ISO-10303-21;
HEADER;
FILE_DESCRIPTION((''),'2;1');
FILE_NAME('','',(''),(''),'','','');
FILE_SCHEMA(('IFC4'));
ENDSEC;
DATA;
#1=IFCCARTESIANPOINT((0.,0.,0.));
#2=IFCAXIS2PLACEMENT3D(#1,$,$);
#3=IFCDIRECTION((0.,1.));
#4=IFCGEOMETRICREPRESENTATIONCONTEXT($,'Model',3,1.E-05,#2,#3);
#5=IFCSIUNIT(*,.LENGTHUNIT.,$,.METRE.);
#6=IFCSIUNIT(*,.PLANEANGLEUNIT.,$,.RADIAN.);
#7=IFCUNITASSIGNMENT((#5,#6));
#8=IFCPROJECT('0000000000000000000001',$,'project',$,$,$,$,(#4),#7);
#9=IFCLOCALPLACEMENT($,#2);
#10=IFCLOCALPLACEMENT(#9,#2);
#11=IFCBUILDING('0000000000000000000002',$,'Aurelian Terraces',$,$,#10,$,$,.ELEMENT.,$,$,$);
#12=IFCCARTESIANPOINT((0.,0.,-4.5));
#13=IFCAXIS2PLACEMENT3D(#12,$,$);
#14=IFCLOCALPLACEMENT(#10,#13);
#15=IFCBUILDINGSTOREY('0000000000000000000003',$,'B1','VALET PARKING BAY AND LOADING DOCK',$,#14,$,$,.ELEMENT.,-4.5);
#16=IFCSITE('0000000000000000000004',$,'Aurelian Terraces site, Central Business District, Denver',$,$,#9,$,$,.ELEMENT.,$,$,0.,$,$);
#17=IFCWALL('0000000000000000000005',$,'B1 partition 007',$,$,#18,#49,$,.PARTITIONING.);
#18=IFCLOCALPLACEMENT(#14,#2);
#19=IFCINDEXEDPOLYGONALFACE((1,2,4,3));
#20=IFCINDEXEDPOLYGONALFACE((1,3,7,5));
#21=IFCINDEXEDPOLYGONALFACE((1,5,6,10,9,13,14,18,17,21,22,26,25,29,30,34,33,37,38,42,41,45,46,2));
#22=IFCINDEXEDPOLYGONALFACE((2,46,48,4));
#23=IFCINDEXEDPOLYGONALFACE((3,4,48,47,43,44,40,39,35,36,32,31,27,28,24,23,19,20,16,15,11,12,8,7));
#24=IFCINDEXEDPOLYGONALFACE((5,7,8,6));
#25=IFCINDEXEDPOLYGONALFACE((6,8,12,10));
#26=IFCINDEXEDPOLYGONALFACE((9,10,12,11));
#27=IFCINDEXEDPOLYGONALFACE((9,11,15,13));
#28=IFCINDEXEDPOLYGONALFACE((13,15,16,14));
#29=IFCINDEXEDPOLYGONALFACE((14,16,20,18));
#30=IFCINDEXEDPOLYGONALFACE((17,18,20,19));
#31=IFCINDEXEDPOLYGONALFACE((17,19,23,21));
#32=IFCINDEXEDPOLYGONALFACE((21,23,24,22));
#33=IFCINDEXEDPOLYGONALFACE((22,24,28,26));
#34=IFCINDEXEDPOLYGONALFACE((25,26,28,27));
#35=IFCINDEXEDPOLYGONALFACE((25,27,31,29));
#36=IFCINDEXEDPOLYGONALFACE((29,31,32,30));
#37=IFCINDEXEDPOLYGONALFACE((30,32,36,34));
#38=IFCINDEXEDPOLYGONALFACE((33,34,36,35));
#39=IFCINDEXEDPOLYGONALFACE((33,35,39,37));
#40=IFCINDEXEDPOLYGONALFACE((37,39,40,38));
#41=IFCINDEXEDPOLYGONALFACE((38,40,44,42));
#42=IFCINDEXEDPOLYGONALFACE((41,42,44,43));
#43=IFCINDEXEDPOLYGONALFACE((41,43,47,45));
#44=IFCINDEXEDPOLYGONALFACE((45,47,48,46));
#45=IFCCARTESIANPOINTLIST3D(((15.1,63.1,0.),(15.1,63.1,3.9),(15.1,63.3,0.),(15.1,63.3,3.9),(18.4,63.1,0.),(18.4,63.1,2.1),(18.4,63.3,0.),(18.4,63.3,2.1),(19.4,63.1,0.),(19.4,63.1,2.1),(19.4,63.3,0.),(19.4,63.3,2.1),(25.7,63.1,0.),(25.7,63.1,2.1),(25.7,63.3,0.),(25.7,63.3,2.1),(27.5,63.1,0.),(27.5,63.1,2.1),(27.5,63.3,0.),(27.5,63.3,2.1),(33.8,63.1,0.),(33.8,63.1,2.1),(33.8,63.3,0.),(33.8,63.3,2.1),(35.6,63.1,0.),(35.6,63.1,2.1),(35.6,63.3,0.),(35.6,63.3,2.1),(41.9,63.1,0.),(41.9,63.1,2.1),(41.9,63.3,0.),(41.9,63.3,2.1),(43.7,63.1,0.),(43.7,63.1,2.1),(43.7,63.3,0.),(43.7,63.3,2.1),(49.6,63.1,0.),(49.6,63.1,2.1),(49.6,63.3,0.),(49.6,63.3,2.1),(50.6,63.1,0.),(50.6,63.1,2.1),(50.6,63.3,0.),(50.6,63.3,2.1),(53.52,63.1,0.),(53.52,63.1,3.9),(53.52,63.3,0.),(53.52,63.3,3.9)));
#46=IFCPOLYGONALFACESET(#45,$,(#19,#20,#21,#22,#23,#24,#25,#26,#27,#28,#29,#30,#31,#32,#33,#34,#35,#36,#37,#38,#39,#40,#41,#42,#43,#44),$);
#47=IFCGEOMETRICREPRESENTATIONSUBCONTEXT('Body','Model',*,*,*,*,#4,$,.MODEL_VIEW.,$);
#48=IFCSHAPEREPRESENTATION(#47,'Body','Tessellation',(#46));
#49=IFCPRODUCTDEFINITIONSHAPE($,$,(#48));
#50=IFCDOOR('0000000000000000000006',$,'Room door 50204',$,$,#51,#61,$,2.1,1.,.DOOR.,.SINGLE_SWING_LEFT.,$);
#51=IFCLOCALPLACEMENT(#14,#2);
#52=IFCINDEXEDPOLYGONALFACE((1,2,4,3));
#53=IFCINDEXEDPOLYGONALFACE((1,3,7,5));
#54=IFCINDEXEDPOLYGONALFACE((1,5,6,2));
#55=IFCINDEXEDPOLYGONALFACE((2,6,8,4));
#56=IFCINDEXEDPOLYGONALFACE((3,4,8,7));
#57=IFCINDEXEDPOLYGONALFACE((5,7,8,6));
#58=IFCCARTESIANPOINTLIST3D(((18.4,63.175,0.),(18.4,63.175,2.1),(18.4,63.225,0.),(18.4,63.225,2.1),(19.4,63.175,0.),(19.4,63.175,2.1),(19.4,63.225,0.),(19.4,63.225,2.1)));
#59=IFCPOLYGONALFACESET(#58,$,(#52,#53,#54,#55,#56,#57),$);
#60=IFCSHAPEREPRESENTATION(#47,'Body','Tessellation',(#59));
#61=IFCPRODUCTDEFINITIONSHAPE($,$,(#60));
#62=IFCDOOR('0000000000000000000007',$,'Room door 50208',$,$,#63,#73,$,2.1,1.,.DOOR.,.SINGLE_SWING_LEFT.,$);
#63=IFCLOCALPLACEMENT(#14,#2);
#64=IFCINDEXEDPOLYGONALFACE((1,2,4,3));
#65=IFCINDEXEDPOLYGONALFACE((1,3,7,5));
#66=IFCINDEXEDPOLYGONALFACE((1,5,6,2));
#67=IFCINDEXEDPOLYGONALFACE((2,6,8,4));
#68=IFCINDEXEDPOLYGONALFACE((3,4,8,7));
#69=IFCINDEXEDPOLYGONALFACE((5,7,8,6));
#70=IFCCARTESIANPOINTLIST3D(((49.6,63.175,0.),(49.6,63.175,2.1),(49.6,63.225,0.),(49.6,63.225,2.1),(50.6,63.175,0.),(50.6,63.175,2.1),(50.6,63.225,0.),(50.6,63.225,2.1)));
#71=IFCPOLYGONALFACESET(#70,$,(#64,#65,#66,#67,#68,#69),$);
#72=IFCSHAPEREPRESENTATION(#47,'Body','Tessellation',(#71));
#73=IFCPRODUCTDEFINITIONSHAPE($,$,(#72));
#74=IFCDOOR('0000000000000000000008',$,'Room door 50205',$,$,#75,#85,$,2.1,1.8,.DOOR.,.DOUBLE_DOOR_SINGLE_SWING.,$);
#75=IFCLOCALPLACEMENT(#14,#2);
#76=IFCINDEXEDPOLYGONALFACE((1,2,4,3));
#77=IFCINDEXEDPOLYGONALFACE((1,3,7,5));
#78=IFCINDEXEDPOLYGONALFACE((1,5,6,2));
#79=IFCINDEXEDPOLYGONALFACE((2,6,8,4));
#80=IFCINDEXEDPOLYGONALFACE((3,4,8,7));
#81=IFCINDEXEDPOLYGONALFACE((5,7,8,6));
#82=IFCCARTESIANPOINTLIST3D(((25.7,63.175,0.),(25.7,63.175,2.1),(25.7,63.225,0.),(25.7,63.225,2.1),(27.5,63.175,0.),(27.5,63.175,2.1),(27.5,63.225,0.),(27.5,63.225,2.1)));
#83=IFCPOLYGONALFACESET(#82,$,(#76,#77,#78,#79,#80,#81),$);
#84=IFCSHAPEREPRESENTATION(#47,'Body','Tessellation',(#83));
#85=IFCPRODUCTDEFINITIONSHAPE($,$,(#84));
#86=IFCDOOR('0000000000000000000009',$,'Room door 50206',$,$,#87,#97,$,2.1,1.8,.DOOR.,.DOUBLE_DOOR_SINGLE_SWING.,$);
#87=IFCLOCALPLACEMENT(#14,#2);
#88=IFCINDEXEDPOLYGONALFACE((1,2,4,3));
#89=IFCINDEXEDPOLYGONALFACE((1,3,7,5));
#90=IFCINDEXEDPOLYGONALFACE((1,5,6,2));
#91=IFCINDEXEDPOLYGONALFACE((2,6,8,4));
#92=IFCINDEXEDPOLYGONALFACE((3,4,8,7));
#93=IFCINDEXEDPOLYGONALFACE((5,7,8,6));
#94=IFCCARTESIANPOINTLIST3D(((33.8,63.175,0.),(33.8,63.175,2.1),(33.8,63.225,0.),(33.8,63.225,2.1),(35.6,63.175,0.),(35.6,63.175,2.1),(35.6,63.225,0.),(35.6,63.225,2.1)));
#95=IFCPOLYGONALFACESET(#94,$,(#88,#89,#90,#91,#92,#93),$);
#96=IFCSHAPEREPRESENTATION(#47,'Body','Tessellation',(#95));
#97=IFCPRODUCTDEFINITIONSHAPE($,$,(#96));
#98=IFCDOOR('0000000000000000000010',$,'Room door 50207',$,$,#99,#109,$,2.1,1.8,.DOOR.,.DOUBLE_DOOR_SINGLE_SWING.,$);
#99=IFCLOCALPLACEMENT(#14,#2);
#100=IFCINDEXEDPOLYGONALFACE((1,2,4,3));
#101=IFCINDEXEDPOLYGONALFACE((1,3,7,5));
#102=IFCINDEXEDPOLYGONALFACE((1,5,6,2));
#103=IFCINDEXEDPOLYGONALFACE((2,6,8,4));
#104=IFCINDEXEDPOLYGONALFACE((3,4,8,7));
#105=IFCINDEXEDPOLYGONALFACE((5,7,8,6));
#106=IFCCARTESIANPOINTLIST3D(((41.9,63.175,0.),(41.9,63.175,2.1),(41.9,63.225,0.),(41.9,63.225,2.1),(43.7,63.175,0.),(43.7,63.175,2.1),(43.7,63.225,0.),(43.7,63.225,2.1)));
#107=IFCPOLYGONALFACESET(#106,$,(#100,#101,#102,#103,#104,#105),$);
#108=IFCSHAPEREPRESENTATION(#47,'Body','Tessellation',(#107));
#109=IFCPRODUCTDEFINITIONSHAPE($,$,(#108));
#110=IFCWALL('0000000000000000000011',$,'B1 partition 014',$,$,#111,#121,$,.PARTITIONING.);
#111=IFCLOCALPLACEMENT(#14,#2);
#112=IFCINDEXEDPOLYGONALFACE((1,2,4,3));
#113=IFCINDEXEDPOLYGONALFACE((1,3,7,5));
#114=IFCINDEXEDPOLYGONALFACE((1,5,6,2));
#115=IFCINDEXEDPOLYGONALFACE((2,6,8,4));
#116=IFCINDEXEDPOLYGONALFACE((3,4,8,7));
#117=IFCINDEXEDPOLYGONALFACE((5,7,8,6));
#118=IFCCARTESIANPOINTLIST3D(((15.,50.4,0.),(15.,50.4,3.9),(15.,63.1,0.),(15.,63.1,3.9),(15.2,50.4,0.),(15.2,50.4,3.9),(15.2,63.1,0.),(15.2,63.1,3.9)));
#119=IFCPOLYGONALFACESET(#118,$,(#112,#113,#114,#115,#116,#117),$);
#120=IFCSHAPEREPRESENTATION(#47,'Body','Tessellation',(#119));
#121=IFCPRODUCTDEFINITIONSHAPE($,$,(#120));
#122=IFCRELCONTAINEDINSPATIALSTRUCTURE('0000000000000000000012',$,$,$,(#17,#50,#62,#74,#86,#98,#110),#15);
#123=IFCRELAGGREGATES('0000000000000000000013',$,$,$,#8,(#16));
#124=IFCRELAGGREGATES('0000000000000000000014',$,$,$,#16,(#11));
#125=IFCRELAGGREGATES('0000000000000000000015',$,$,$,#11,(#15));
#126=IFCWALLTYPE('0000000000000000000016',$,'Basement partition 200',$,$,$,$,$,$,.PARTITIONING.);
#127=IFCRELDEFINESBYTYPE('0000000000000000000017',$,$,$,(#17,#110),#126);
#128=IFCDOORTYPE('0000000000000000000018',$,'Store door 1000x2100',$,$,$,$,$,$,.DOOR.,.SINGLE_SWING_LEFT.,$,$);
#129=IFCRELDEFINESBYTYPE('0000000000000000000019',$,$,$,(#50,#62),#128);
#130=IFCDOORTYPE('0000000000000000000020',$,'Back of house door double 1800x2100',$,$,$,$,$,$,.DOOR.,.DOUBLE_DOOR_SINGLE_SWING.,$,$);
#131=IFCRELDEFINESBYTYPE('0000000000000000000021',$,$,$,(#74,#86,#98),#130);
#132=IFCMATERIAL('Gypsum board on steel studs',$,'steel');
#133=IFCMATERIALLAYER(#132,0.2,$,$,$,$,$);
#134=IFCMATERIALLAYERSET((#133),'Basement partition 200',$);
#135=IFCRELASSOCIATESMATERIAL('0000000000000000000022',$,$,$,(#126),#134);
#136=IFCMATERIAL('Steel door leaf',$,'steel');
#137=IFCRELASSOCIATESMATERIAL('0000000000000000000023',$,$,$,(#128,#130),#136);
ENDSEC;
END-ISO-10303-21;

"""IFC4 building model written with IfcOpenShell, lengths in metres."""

from ifc_helpers import new_model, si_unit, direction, frame, frame_2d, origin, place, context, subcontext, project, spatial, rectangle, extrude, source, transform, mapped, material, layer, layer_set, type_object, element, fill, save


model = new_model("IFC4")

# Units and contexts
model_context = context("Model", 3, precision=1e-05, world=origin(), true_north=direction((0.0, 1.0)))
body_context = subcontext(model_context, "Body", "Model", "MODEL_VIEW")
ifc_project = project(units=[si_unit("LENGTHUNIT", "METRE"), si_unit("PLANEANGLEUNIT", "RADIAN")], contexts=[model_context])

# Site, building, storey
site_placement = place(None, origin())
site = spatial("IfcSite", under=ifc_project, at=site_placement, Name="Aurelian Terraces site, Central Business District, Denver", CompositionType="ELEMENT", RefElevation=0.0)
building_placement = place(site_placement, origin())
building = spatial("IfcBuilding", under=site, at=building_placement, Name="Aurelian Terraces", CompositionType="ELEMENT")
storey_placement = place(building_placement, frame((0.0, 0.0, -4.5)))
storey = spatial("IfcBuildingStorey", under=building, at=storey_placement, Name="B1", Description="VALET PARKING BAY AND LOADING DOCK", CompositionType="ELEMENT", Elevation=-4.5)

# Shared definitions
ifc_material_1 = material(Name="Gypsum board on steel studs", Category="steel")
ifc_layer = layer(ifc_material_1, 0.2)
ifc_layer_set = layer_set([ifc_layer], Name="Basement partition 200")
wall_type = type_object("IfcWallType", Name="Basement partition 200", PredefinedType="PARTITIONING", material=ifc_layer_set)

# Wall, openings, doors
shared_shape_1 = source(origin(), body_context, "Body", "SweptSolid", [
    extrude(rectangle(XDim=38.42, YDim=0.2, at=frame_2d((19.21, 0.0))), origin(), (0.0, 0.0, 1.0), 3.9),
])
wall_1_placement = place(storey_placement, frame((15.1, 63.2, 0.0), z_axis=(0.0, 0.0, 1.0), x_axis=(1.0, 0.0, 0.0)))
wall_1 = element("IfcWall", 1, at=wall_1_placement, inside=storey, type_object=wall_type, Name="B1 partition 007", PredefinedType="PARTITIONING", context=body_context, shape_type="MappedRepresentation", body=[
    mapped(shared_shape_1, transform((0.0, 0.0, 0.0), scale=1.0)),
])
shared_shape_2 = source(origin(), body_context, "Body", "SweptSolid", [
    extrude(rectangle(XDim=1.0, YDim=2.1, at=frame_2d((0.5, 1.05))), frame((0.0, 0.11, 0.0), z_axis=(0.0, -1.0, 0.0), x_axis=(1.0, 0.0, 0.0)), (0.0, 0.0, 1.0), 0.22),
])
opening_1_placement = place(wall_1_placement, frame((3.3, 0.0, 0.0)))
opening_1 = element("IfcOpeningElement", 2, at=opening_1_placement, cuts=wall_1, PredefinedType="OPENING", context=body_context, shape_type="MappedRepresentation", body=[
    mapped(shared_shape_2, transform((0.0, 0.0, 0.0), scale=1.0)),
])
shared_shape_3 = source(origin(), body_context, "Body", "SweptSolid", [
    extrude(rectangle(XDim=1.8, YDim=2.1, at=frame_2d((0.9, 1.05))), frame((0.0, 0.11, 0.0), z_axis=(0.0, -1.0, 0.0), x_axis=(1.0, 0.0, 0.0)), (0.0, 0.0, 1.0), 0.22),
])
opening_2_placement = place(wall_1_placement, frame((10.6, 0.0, 0.0)))
opening_2 = element("IfcOpeningElement", 3, at=opening_2_placement, cuts=wall_1, PredefinedType="OPENING", context=body_context, shape_type="MappedRepresentation", body=[
    mapped(shared_shape_3, transform((0.0, 0.0, 0.0), scale=1.0)),
])
opening_3_placement = place(wall_1_placement, frame((18.7, 0.0, 0.0)))
opening_3 = element("IfcOpeningElement", 4, at=opening_3_placement, cuts=wall_1, PredefinedType="OPENING", context=body_context, shape_type="MappedRepresentation", body=[
    mapped(shared_shape_3, transform((0.0, 0.0, 0.0), scale=1.0)),
])
opening_4_placement = place(wall_1_placement, frame((26.8, 0.0, 0.0)))
opening_4 = element("IfcOpeningElement", 5, at=opening_4_placement, cuts=wall_1, PredefinedType="OPENING", context=body_context, shape_type="MappedRepresentation", body=[
    mapped(shared_shape_3, transform((0.0, 0.0, 0.0), scale=1.0)),
])
opening_5_placement = place(wall_1_placement, frame((34.5, 0.0, 0.0)))
opening_5 = element("IfcOpeningElement", 6, at=opening_5_placement, cuts=wall_1, PredefinedType="OPENING", context=body_context, shape_type="MappedRepresentation", body=[
    mapped(shared_shape_2, transform((0.0, 0.0, 0.0), scale=1.0)),
])
ifc_material_2 = material(Name="Steel door leaf", Category="steel")
door_type_1 = type_object("IfcDoorType", Name="Store door 1000x2100", OperationType="SINGLE_SWING_LEFT", PredefinedType="DOOR", material=ifc_material_2)
shared_shape_4 = source(origin(), body_context, "Body", "SweptSolid", [
    extrude(rectangle(XDim=1.0, YDim=2.1, at=frame_2d((0.5, 1.05))), frame((0.0, 0.025, 0.0), z_axis=(0.0, -1.0, 0.0), x_axis=(1.0, 0.0, 0.0)), (0.0, 0.0, 1.0), 0.05),
])
door_1_placement = place(opening_1_placement, origin())
door_1 = element("IfcDoor", 7, at=door_1_placement, inside=storey, type_object=door_type_1, Name="Room door 50204", OperationType="SINGLE_SWING_LEFT", OverallHeight=2.1, OverallWidth=1.0, PredefinedType="DOOR", context=body_context, shape_type="MappedRepresentation", body=[
    mapped(shared_shape_4, transform((0.0, 0.0, 0.0), scale=1.0)),
])
fill(opening_1, door_1)
door_2_placement = place(opening_5_placement, origin())
door_2 = element("IfcDoor", 8, at=door_2_placement, inside=storey, type_object=door_type_1, Name="Room door 50208", OperationType="SINGLE_SWING_LEFT", OverallHeight=2.1, OverallWidth=1.0, PredefinedType="DOOR", context=body_context, shape_type="MappedRepresentation", body=[
    mapped(shared_shape_4, transform((0.0, 0.0, 0.0), scale=1.0)),
])
fill(opening_5, door_2)
door_type_2 = type_object("IfcDoorType", Name="Back of house door double 1800x2100", OperationType="DOUBLE_DOOR_SINGLE_SWING", PredefinedType="DOOR", material=ifc_material_2)
shared_shape_5 = source(origin(), body_context, "Body", "SweptSolid", [
    extrude(rectangle(XDim=1.8, YDim=2.1, at=frame_2d((0.9, 1.05))), frame((0.0, 0.025, 0.0), z_axis=(0.0, -1.0, 0.0), x_axis=(1.0, 0.0, 0.0)), (0.0, 0.0, 1.0), 0.05),
])
door_3_placement = place(opening_2_placement, origin())
door_3 = element("IfcDoor", 9, at=door_3_placement, inside=storey, type_object=door_type_2, Name="Room door 50205", OperationType="DOUBLE_DOOR_SINGLE_SWING", OverallHeight=2.1, OverallWidth=1.8, PredefinedType="DOOR", context=body_context, shape_type="MappedRepresentation", body=[
    mapped(shared_shape_5, transform((0.0, 0.0, 0.0), scale=1.0)),
])
fill(opening_2, door_3)
door_4_placement = place(opening_3_placement, origin())
door_4 = element("IfcDoor", 10, at=door_4_placement, inside=storey, type_object=door_type_2, Name="Room door 50206", OperationType="DOUBLE_DOOR_SINGLE_SWING", OverallHeight=2.1, OverallWidth=1.8, PredefinedType="DOOR", context=body_context, shape_type="MappedRepresentation", body=[
    mapped(shared_shape_5, transform((0.0, 0.0, 0.0), scale=1.0)),
])
fill(opening_3, door_4)
door_5_placement = place(opening_4_placement, origin())
door_5 = element("IfcDoor", 11, at=door_5_placement, inside=storey, type_object=door_type_2, Name="Room door 50207", OperationType="DOUBLE_DOOR_SINGLE_SWING", OverallHeight=2.1, OverallWidth=1.8, PredefinedType="DOOR", context=body_context, shape_type="MappedRepresentation", body=[
    mapped(shared_shape_5, transform((0.0, 0.0, 0.0), scale=1.0)),
])
fill(opening_4, door_5)

# Wall
shared_shape_6 = source(origin(), body_context, "Body", "SweptSolid", [
    extrude(rectangle(XDim=12.7, YDim=0.2, at=frame_2d((6.35, 0.0))), origin(), (0.0, 0.0, 1.0), 3.9),
])
wall_2_placement = place(storey_placement, frame((15.1, 50.4, 0.0), z_axis=(0.0, 0.0, 1.0), x_axis=(0.0, 1.0, 0.0)))
element("IfcWall", 12, at=wall_2_placement, inside=storey, type_object=wall_type, Name="B1 partition 014", PredefinedType="PARTITIONING", context=body_context, shape_type="MappedRepresentation", body=[
    mapped(shared_shape_6, transform((0.0, 0.0, 0.0), scale=1.0)),
])

save(model, "model.ifc")
